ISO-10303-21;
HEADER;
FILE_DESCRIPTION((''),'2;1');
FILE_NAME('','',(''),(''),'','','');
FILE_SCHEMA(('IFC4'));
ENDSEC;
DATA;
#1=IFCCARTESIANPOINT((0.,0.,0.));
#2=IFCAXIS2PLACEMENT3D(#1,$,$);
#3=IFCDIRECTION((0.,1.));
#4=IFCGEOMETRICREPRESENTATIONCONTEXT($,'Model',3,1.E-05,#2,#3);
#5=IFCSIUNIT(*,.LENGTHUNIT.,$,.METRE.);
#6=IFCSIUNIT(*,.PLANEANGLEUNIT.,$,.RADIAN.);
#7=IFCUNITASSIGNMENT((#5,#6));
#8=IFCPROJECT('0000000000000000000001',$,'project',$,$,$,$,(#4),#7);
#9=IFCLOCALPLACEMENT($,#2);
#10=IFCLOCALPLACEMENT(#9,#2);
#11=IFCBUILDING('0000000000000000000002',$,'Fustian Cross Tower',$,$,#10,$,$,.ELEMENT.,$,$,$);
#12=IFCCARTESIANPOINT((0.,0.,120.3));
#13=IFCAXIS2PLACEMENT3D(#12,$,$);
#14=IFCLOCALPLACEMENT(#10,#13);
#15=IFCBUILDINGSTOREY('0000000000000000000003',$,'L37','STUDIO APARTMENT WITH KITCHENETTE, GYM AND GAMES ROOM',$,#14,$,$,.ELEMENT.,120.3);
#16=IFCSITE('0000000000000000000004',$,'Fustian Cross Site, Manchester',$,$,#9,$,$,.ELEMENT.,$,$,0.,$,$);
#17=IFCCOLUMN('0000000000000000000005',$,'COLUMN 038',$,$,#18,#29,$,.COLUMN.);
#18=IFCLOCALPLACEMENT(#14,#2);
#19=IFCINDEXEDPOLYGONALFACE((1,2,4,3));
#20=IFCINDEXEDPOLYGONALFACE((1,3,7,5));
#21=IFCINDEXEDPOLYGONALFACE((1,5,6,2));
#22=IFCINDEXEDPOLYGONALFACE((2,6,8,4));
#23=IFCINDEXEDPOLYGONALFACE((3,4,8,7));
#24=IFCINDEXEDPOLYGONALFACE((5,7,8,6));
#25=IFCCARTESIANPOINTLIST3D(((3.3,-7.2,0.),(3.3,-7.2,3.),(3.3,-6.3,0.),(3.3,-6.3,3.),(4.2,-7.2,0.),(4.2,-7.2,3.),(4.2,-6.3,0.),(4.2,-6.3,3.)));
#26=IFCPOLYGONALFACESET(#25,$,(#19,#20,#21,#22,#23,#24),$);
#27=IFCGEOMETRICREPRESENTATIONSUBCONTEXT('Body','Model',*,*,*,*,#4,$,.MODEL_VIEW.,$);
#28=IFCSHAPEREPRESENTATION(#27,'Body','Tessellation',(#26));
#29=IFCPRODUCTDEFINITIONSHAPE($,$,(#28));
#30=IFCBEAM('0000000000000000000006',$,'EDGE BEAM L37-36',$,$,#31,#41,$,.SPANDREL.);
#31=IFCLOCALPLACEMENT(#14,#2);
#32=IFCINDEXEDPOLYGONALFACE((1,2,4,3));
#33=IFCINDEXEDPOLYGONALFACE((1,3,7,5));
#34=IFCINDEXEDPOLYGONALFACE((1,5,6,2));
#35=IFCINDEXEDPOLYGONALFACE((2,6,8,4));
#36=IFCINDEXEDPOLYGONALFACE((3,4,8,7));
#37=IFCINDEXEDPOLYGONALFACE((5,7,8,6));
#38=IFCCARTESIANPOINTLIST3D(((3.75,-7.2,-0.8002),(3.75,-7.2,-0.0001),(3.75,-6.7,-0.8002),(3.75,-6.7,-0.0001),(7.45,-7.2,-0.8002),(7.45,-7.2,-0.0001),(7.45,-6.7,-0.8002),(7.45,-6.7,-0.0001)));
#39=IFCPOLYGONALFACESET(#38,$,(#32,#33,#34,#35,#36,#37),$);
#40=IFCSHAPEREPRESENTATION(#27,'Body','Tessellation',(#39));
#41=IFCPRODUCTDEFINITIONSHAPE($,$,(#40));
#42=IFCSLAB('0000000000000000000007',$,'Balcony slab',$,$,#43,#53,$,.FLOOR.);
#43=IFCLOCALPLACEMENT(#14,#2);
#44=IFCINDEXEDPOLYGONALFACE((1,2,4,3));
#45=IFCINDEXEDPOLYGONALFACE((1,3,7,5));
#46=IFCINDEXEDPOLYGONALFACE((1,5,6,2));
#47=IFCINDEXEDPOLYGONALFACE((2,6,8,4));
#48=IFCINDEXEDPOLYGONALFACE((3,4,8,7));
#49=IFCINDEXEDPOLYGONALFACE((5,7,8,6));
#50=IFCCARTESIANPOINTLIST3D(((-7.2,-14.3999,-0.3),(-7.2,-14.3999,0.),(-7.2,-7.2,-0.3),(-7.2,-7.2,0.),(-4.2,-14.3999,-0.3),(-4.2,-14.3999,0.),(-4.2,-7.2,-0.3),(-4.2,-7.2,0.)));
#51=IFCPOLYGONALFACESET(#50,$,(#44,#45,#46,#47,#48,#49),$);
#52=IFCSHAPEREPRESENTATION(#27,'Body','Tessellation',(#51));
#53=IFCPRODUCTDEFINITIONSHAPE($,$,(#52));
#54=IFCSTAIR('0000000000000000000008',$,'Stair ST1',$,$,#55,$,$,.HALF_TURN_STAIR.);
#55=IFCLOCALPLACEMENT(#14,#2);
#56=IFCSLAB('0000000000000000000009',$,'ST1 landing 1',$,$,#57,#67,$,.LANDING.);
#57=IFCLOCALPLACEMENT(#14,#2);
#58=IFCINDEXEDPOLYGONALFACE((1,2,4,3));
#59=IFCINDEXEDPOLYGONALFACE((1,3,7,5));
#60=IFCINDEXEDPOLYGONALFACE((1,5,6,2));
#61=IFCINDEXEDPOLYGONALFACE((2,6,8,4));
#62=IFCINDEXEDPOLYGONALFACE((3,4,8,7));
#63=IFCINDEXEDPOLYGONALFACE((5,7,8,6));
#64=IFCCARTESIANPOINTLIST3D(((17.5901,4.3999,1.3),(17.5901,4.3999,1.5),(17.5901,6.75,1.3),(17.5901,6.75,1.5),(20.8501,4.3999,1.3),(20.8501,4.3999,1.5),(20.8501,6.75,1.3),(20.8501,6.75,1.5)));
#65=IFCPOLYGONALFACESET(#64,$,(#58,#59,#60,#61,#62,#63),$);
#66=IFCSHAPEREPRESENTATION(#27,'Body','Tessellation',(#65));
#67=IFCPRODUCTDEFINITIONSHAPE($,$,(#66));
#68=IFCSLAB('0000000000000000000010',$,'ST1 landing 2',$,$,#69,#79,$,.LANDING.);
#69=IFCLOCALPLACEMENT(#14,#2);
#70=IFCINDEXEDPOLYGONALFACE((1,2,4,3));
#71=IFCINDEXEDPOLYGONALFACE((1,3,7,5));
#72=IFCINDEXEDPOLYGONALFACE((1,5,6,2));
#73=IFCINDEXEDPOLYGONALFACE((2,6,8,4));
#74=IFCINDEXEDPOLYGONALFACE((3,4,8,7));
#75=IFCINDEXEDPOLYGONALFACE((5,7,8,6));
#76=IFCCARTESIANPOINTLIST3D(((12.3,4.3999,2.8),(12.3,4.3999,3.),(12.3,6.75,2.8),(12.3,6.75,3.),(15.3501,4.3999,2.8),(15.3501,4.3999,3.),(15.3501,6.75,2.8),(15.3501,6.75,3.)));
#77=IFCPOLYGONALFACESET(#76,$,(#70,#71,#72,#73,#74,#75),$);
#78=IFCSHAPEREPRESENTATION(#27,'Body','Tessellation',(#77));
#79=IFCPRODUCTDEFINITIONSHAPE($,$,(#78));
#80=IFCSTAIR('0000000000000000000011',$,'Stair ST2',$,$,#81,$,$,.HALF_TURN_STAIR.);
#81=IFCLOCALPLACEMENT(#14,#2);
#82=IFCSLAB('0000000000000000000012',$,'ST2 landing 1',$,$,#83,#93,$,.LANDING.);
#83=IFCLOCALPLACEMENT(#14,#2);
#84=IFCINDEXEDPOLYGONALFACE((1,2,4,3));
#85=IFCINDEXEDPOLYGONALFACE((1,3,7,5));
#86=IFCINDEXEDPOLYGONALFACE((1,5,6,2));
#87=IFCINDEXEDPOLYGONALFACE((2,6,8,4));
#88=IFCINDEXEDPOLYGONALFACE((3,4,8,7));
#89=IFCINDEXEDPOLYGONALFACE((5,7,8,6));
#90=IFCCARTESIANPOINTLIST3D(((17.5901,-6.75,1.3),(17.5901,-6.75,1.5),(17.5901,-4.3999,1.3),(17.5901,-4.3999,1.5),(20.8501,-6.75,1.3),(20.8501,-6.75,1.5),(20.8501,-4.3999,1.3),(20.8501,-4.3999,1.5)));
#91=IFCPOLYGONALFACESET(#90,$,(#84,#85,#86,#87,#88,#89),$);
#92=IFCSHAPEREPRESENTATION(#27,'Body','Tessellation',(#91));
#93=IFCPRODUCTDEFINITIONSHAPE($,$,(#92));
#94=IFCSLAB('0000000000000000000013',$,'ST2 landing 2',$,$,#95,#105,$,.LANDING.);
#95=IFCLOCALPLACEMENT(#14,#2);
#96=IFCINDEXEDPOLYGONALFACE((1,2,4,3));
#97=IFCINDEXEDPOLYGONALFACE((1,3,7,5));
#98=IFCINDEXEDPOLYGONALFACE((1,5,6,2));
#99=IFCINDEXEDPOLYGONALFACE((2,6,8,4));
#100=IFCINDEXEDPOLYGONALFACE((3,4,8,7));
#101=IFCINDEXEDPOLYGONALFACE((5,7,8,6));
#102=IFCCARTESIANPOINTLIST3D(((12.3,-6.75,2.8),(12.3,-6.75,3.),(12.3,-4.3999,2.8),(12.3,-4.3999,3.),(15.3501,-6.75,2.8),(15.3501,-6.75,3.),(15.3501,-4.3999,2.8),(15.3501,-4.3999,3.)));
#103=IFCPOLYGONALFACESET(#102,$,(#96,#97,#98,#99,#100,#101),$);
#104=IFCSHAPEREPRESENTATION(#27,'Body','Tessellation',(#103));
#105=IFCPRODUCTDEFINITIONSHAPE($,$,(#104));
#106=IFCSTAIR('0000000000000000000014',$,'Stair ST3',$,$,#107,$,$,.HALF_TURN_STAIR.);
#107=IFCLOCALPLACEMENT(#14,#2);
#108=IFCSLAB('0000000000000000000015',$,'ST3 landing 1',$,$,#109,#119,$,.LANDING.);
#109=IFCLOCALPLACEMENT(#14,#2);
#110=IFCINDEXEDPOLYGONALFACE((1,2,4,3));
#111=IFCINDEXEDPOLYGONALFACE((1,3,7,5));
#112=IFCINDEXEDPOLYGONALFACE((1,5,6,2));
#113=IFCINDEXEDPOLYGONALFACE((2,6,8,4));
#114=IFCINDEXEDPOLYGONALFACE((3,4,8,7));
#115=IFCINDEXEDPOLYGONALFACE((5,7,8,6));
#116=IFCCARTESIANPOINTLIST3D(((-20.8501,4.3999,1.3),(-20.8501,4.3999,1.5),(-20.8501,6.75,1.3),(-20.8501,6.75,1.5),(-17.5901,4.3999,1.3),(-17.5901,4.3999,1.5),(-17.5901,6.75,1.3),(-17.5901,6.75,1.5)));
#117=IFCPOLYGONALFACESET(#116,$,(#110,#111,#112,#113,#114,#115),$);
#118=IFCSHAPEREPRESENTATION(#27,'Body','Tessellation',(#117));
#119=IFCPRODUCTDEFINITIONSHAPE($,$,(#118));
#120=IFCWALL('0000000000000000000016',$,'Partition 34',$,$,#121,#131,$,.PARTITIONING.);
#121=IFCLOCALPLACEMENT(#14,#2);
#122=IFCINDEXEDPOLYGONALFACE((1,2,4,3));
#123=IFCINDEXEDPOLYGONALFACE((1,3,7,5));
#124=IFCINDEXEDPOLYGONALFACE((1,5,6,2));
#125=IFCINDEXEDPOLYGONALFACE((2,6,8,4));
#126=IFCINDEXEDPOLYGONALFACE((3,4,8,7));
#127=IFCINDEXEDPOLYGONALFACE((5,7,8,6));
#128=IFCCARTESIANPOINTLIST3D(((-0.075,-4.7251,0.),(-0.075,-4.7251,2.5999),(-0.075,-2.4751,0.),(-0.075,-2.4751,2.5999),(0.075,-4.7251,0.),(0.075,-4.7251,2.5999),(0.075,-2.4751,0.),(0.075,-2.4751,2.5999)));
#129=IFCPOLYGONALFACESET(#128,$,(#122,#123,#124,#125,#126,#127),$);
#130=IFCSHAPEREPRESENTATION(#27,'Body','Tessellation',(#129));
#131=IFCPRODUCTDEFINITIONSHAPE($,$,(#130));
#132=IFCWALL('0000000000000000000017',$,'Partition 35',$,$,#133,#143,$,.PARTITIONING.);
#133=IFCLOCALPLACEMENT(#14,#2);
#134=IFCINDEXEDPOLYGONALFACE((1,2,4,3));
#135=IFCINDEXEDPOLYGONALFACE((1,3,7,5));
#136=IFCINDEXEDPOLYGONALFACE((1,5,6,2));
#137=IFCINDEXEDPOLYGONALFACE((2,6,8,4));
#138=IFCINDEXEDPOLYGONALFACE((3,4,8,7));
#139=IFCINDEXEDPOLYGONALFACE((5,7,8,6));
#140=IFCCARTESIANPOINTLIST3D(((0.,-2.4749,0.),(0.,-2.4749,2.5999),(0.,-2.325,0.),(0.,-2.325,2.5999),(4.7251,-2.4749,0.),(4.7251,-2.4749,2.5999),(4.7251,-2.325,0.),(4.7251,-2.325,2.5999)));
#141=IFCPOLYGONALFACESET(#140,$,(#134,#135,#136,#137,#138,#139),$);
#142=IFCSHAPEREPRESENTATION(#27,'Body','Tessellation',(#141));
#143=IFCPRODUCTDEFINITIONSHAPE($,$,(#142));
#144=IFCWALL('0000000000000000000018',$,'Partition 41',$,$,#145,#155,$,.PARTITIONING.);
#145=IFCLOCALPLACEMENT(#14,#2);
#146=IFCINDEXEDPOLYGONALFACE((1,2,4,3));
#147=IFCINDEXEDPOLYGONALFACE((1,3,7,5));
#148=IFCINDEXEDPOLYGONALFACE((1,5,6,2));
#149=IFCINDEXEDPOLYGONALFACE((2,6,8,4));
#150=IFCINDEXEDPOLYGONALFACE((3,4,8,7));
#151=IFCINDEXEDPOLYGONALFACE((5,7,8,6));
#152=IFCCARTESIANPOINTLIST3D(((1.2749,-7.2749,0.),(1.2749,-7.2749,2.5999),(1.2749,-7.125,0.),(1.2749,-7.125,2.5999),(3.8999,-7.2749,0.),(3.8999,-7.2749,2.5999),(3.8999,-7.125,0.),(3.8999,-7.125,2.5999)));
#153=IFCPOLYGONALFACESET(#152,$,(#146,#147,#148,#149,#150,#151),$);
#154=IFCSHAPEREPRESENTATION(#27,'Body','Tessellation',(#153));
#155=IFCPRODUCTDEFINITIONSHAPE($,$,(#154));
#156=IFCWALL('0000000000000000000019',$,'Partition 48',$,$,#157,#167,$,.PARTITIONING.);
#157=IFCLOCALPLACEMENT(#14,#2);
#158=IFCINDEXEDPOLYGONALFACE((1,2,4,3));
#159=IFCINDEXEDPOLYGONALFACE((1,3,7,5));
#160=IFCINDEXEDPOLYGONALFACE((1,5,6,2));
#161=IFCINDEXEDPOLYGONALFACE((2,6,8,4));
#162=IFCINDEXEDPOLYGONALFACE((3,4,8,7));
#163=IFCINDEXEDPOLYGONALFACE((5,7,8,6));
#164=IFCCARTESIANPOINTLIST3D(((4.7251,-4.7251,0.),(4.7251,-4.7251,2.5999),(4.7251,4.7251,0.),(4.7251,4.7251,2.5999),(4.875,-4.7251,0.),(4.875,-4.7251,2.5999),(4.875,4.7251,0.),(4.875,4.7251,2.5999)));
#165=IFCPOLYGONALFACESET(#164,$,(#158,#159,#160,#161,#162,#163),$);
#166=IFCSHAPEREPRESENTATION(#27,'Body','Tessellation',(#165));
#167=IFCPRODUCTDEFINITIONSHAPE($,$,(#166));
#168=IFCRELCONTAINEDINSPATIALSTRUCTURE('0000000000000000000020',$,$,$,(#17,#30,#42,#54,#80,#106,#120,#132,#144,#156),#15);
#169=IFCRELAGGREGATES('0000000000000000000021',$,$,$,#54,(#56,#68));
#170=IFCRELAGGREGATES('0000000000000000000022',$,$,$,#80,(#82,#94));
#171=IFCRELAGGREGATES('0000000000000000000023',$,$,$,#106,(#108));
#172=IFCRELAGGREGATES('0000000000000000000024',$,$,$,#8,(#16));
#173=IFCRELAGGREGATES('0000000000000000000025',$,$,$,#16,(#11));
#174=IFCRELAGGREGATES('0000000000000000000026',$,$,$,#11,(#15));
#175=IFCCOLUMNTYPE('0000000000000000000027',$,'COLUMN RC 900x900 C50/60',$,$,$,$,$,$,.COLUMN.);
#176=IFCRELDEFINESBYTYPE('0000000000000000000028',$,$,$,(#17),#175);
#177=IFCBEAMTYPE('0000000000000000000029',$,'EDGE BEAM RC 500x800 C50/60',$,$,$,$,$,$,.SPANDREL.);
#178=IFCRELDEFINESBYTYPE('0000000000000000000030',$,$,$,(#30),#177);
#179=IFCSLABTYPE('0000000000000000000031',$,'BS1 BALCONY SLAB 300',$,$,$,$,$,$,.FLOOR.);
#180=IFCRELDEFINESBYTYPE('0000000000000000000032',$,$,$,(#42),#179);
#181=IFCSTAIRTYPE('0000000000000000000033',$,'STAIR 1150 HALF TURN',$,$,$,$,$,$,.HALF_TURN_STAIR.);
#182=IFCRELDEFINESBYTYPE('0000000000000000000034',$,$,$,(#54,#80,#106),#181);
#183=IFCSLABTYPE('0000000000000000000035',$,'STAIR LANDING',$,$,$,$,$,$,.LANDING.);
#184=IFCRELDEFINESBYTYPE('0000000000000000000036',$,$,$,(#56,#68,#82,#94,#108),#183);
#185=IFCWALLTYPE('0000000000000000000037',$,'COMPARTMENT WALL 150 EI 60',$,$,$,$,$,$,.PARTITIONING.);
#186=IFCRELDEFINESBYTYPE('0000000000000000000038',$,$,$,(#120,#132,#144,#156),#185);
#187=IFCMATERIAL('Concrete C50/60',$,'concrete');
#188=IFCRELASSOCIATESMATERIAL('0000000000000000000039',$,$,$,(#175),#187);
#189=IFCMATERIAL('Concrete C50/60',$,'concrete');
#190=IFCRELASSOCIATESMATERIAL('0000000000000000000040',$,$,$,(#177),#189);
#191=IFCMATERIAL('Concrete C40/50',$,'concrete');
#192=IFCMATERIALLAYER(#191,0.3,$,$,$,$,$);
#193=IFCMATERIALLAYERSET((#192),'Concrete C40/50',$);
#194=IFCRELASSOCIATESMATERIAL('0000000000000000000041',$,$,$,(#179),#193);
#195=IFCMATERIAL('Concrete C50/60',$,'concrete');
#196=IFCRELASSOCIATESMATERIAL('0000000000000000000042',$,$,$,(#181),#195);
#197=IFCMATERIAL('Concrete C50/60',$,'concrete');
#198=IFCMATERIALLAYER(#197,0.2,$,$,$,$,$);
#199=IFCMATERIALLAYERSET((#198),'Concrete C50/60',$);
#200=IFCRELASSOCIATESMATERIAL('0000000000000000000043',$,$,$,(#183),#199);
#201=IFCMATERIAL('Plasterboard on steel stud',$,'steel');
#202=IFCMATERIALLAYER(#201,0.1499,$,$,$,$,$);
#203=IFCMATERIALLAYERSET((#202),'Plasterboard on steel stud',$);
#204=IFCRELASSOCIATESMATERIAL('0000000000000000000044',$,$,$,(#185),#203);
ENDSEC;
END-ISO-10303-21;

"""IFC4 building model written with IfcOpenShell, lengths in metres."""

from ifc_helpers import new_model, si_unit, direction, frame, frame_2d, origin, origin_2d, place, context, subcontext, project, spatial, polyline, rectangle, outline, extrude, material, layer, layer_set, material_profile, profile_set, type_object, element, aggregate, save


model = new_model("IFC4")

# Units and contexts
model_context = context("Model", 3, precision=1e-05, world=origin(), true_north=direction((0.0, 1.0)))
body_context = subcontext(model_context, "Body", "Model", "MODEL_VIEW")
ifc_project = project(units=[si_unit("LENGTHUNIT", "METRE"), si_unit("PLANEANGLEUNIT", "RADIAN")], contexts=[model_context])

# Site, building, storey
site_placement = place(None, origin())
site = spatial("IfcSite", under=ifc_project, at=site_placement, Name="Fustian Cross Site, Manchester", CompositionType="ELEMENT", RefElevation=0.0)
building_placement = place(site_placement, origin())
building = spatial("IfcBuilding", under=site, at=building_placement, Name="Fustian Cross Tower", CompositionType="ELEMENT")
storey_placement = place(building_placement, frame((0.0, 0.0, 120.3)))
storey = spatial("IfcBuildingStorey", under=building, at=storey_placement, Name="L37", Description="STUDIO APARTMENT WITH KITCHENETTE, GYM AND GAMES ROOM", CompositionType="ELEMENT", Elevation=120.3)

# Column
ifc_material_1 = material(Name="Concrete C50/60", Category="concrete")
ifc_material_profile_1 = material_profile(ifc_material_1, rectangle(XDim=0.8999, YDim=0.8999, at=origin_2d()), Name="RC 900x900")
ifc_profile_set_1 = profile_set([ifc_material_profile_1], Name="Concrete C50/60")
column_type = type_object("IfcColumnType", Name="COLUMN RC 900x900 C50/60", PredefinedType="COLUMN", material=ifc_profile_set_1)
column_placement = place(storey_placement, frame((3.75, -6.75, 0.0), z_axis=(0.0, 0.0, 1.0), x_axis=(1.0, 0.0, 0.0)))
element("IfcColumn", 1, at=column_placement, inside=storey, type_object=column_type, Name="COLUMN 038", PredefinedType="COLUMN", context=body_context, shape_type="SweptSolid", body=[
    extrude(rectangle(XDim=0.8999, YDim=0.8999, at=origin_2d()), origin(), (0.0, 0.0, 1.0), 3.0),
])

# Beam
ifc_material_2 = material(Name="Concrete C50/60", Category="concrete")
ifc_material_profile_2 = material_profile(ifc_material_2, rectangle(XDim=0.5, YDim=0.8, at=origin_2d()), Name="RC 500x800")
ifc_profile_set_2 = profile_set([ifc_material_profile_2], Name="Concrete C50/60")
beam_type = type_object("IfcBeamType", Name="EDGE BEAM RC 500x800 C50/60", PredefinedType="SPANDREL", material=ifc_profile_set_2)
beam_placement = place(storey_placement, frame((3.75, -6.95, -0.4001), z_axis=(1.0, 0.0, 0.0), x_axis=(0.0, 1.0, 0.0)))
element("IfcBeam", 2, at=beam_placement, inside=storey, type_object=beam_type, Name="EDGE BEAM L37-36", PredefinedType="SPANDREL", context=body_context, shape_type="SweptSolid", body=[
    extrude(rectangle(XDim=0.5, YDim=0.8, at=origin_2d()), origin(), (0.0, 0.0, 1.0), 3.7),
])

# Slab
ifc_material_3 = material(Name="Concrete C40/50", Category="concrete")
ifc_layer_1 = layer(ifc_material_3, 0.3)
ifc_layer_set_1 = layer_set([ifc_layer_1], Name="Concrete C40/50")
slab_type_1 = type_object("IfcSlabType", Name="BS1 BALCONY SLAB 300", PredefinedType="FLOOR", material=ifc_layer_set_1)
slab_1_placement = place(storey_placement, frame((0.0, 0.0, -0.3)))
element("IfcSlab", 3, at=slab_1_placement, inside=storey, type_object=slab_type_1, Name="Balcony slab", PredefinedType="FLOOR", context=body_context, shape_type="SweptSolid", body=[
    extrude(outline(polyline([(-7.2, -14.3999), (-4.2, -14.3999), (-4.2, -7.2), (-7.2, -7.2), (-7.2, -14.3999)])), origin(), (0.0, 0.0, 1.0), 0.3),
])

# Stairs, slabs
ifc_material_4 = material(Name="Concrete C50/60", Category="concrete")
stair_type = type_object("IfcStairType", Name="STAIR 1150 HALF TURN", PredefinedType="HALF_TURN_STAIR", material=ifc_material_4)
stair_1_placement = place(storey_placement, origin())
stair_1 = element("IfcStair", 4, at=stair_1_placement, inside=storey, type_object=stair_type, Name="Stair ST1", PredefinedType="HALF_TURN_STAIR")
ifc_material_5 = material(Name="Concrete C50/60", Category="concrete")
ifc_layer_2 = layer(ifc_material_5, 0.2)
ifc_layer_set_2 = layer_set([ifc_layer_2], Name="Concrete C50/60")
slab_type_2 = type_object("IfcSlabType", Name="STAIR LANDING", PredefinedType="LANDING", material=ifc_layer_set_2)
slab_2_placement = place(storey_placement, frame((0.0, 0.0, 1.3)))
slab_2 = element("IfcSlab", 5, at=slab_2_placement, type_object=slab_type_2, Name="ST1 landing 1", PredefinedType="LANDING", context=body_context, shape_type="SweptSolid", body=[
    extrude(outline(polyline([(17.5901, 4.3999), (20.8501, 4.3999), (20.8501, 6.75), (17.5901, 6.75), (17.5901, 4.3999)])), origin(), (0.0, 0.0, 1.0), 0.2),
])
slab_3_placement = place(storey_placement, frame((0.0, 0.0, 2.8)))
slab_3 = element("IfcSlab", 6, at=slab_3_placement, type_object=slab_type_2, Name="ST1 landing 2", PredefinedType="LANDING", context=body_context, shape_type="SweptSolid", body=[
    extrude(outline(polyline([(12.3, 4.3999), (15.3501, 4.3999), (15.3501, 6.75), (12.3, 6.75), (12.3, 4.3999)])), origin(), (0.0, 0.0, 1.0), 0.2),
])
aggregate(stair_1, [slab_2, slab_3])
stair_2_placement = place(storey_placement, origin())
stair_2 = element("IfcStair", 7, at=stair_2_placement, inside=storey, type_object=stair_type, Name="Stair ST2", PredefinedType="HALF_TURN_STAIR")
slab_4_placement = place(storey_placement, frame((0.0, 0.0, 1.3)))
slab_4 = element("IfcSlab", 8, at=slab_4_placement, type_object=slab_type_2, Name="ST2 landing 1", PredefinedType="LANDING", context=body_context, shape_type="SweptSolid", body=[
    extrude(outline(polyline([(17.5901, -4.3999), (20.8501, -4.3999), (20.8501, -6.75), (17.5901, -6.75), (17.5901, -4.3999)])), origin(), (0.0, 0.0, 1.0), 0.2),
])
slab_5_placement = place(storey_placement, frame((0.0, 0.0, 2.8)))
slab_5 = element("IfcSlab", 9, at=slab_5_placement, type_object=slab_type_2, Name="ST2 landing 2", PredefinedType="LANDING", context=body_context, shape_type="SweptSolid", body=[
    extrude(outline(polyline([(12.3, -4.3999), (15.3501, -4.3999), (15.3501, -6.75), (12.3, -6.75), (12.3, -4.3999)])), origin(), (0.0, 0.0, 1.0), 0.2),
])
aggregate(stair_2, [slab_4, slab_5])

# Stair, slab
stair_3_placement = place(storey_placement, origin())
stair_3 = element("IfcStair", 10, at=stair_3_placement, inside=storey, type_object=stair_type, Name="Stair ST3", PredefinedType="HALF_TURN_STAIR")
slab_6_placement = place(storey_placement, frame((0.0, 0.0, 1.3)))
slab_6 = element("IfcSlab", 11, at=slab_6_placement, type_object=slab_type_2, Name="ST3 landing 1", PredefinedType="LANDING", context=body_context, shape_type="SweptSolid", body=[
    extrude(outline(polyline([(-17.5901, 4.3999), (-20.8501, 4.3999), (-20.8501, 6.75), (-17.5901, 6.75), (-17.5901, 4.3999)])), origin(), (0.0, 0.0, 1.0), 0.2),
])
aggregate(stair_3, [slab_6])

# Walls
ifc_material_6 = material(Name="Plasterboard on steel stud", Category="steel")
ifc_layer_3 = layer(ifc_material_6, 0.1499)
ifc_layer_set_3 = layer_set([ifc_layer_3], Name="Plasterboard on steel stud")
wall_type_1 = type_object("IfcWallType", Name="COMPARTMENT WALL 150 EI 60", PredefinedType="PARTITIONING", material=ifc_layer_set_3)
wall_1_placement = place(storey_placement, frame((0.0, -4.7251, 0.0), z_axis=(0.0, 0.0, 1.0), x_axis=(0.0, 1.0, 0.0)))
element("IfcWall", 12, at=wall_1_placement, inside=storey, type_object=wall_type_1, Name="Partition 34", PredefinedType="PARTITIONING", context=body_context, shape_type="SweptSolid", body=[
    extrude(rectangle(XDim=2.25, YDim=0.1499, at=frame_2d((1.125, 0.0))), origin(), (0.0, 0.0, 1.0), 2.5999),
])
wall_2_placement = place(storey_placement, frame((0.0, -2.3999, 0.0), z_axis=(0.0, 0.0, 1.0), x_axis=(1.0, 0.0, 0.0)))
element("IfcWall", 13, at=wall_2_placement, inside=storey, type_object=wall_type_1, Name="Partition 35", PredefinedType="PARTITIONING", context=body_context, shape_type="SweptSolid", body=[
    extrude(rectangle(XDim=4.7251, YDim=0.1499, at=frame_2d((2.3625, 0.0))), origin(), (0.0, 0.0, 1.0), 2.5999),
])
wall_3_placement = place(storey_placement, frame((1.2749, -7.2, 0.0), z_axis=(0.0, 0.0, 1.0), x_axis=(1.0, 0.0, 0.0)))
element("IfcWall", 14, at=wall_3_placement, inside=storey, type_object=wall_type_1, Name="Partition 41", PredefinedType="PARTITIONING", context=body_context, shape_type="SweptSolid", body=[
    extrude(rectangle(XDim=2.625, YDim=0.1499, at=frame_2d((1.3125, 0.0))), origin(), (0.0, 0.0, 1.0), 2.5999),
])
wall_4_placement = place(storey_placement, frame((4.8, -4.7251, 0.0), z_axis=(0.0, 0.0, 1.0), x_axis=(0.0, 1.0, 0.0)))
element("IfcWall", 15, at=wall_4_placement, inside=storey, type_object=wall_type_1, Name="Partition 48", PredefinedType="PARTITIONING", context=body_context, shape_type="SweptSolid", body=[
    extrude(rectangle(XDim=9.4502, YDim=0.1499, at=frame_2d((4.7251, 0.0))), origin(), (0.0, 0.0, 1.0), 2.5999),
])

save(model, "model.ifc")
